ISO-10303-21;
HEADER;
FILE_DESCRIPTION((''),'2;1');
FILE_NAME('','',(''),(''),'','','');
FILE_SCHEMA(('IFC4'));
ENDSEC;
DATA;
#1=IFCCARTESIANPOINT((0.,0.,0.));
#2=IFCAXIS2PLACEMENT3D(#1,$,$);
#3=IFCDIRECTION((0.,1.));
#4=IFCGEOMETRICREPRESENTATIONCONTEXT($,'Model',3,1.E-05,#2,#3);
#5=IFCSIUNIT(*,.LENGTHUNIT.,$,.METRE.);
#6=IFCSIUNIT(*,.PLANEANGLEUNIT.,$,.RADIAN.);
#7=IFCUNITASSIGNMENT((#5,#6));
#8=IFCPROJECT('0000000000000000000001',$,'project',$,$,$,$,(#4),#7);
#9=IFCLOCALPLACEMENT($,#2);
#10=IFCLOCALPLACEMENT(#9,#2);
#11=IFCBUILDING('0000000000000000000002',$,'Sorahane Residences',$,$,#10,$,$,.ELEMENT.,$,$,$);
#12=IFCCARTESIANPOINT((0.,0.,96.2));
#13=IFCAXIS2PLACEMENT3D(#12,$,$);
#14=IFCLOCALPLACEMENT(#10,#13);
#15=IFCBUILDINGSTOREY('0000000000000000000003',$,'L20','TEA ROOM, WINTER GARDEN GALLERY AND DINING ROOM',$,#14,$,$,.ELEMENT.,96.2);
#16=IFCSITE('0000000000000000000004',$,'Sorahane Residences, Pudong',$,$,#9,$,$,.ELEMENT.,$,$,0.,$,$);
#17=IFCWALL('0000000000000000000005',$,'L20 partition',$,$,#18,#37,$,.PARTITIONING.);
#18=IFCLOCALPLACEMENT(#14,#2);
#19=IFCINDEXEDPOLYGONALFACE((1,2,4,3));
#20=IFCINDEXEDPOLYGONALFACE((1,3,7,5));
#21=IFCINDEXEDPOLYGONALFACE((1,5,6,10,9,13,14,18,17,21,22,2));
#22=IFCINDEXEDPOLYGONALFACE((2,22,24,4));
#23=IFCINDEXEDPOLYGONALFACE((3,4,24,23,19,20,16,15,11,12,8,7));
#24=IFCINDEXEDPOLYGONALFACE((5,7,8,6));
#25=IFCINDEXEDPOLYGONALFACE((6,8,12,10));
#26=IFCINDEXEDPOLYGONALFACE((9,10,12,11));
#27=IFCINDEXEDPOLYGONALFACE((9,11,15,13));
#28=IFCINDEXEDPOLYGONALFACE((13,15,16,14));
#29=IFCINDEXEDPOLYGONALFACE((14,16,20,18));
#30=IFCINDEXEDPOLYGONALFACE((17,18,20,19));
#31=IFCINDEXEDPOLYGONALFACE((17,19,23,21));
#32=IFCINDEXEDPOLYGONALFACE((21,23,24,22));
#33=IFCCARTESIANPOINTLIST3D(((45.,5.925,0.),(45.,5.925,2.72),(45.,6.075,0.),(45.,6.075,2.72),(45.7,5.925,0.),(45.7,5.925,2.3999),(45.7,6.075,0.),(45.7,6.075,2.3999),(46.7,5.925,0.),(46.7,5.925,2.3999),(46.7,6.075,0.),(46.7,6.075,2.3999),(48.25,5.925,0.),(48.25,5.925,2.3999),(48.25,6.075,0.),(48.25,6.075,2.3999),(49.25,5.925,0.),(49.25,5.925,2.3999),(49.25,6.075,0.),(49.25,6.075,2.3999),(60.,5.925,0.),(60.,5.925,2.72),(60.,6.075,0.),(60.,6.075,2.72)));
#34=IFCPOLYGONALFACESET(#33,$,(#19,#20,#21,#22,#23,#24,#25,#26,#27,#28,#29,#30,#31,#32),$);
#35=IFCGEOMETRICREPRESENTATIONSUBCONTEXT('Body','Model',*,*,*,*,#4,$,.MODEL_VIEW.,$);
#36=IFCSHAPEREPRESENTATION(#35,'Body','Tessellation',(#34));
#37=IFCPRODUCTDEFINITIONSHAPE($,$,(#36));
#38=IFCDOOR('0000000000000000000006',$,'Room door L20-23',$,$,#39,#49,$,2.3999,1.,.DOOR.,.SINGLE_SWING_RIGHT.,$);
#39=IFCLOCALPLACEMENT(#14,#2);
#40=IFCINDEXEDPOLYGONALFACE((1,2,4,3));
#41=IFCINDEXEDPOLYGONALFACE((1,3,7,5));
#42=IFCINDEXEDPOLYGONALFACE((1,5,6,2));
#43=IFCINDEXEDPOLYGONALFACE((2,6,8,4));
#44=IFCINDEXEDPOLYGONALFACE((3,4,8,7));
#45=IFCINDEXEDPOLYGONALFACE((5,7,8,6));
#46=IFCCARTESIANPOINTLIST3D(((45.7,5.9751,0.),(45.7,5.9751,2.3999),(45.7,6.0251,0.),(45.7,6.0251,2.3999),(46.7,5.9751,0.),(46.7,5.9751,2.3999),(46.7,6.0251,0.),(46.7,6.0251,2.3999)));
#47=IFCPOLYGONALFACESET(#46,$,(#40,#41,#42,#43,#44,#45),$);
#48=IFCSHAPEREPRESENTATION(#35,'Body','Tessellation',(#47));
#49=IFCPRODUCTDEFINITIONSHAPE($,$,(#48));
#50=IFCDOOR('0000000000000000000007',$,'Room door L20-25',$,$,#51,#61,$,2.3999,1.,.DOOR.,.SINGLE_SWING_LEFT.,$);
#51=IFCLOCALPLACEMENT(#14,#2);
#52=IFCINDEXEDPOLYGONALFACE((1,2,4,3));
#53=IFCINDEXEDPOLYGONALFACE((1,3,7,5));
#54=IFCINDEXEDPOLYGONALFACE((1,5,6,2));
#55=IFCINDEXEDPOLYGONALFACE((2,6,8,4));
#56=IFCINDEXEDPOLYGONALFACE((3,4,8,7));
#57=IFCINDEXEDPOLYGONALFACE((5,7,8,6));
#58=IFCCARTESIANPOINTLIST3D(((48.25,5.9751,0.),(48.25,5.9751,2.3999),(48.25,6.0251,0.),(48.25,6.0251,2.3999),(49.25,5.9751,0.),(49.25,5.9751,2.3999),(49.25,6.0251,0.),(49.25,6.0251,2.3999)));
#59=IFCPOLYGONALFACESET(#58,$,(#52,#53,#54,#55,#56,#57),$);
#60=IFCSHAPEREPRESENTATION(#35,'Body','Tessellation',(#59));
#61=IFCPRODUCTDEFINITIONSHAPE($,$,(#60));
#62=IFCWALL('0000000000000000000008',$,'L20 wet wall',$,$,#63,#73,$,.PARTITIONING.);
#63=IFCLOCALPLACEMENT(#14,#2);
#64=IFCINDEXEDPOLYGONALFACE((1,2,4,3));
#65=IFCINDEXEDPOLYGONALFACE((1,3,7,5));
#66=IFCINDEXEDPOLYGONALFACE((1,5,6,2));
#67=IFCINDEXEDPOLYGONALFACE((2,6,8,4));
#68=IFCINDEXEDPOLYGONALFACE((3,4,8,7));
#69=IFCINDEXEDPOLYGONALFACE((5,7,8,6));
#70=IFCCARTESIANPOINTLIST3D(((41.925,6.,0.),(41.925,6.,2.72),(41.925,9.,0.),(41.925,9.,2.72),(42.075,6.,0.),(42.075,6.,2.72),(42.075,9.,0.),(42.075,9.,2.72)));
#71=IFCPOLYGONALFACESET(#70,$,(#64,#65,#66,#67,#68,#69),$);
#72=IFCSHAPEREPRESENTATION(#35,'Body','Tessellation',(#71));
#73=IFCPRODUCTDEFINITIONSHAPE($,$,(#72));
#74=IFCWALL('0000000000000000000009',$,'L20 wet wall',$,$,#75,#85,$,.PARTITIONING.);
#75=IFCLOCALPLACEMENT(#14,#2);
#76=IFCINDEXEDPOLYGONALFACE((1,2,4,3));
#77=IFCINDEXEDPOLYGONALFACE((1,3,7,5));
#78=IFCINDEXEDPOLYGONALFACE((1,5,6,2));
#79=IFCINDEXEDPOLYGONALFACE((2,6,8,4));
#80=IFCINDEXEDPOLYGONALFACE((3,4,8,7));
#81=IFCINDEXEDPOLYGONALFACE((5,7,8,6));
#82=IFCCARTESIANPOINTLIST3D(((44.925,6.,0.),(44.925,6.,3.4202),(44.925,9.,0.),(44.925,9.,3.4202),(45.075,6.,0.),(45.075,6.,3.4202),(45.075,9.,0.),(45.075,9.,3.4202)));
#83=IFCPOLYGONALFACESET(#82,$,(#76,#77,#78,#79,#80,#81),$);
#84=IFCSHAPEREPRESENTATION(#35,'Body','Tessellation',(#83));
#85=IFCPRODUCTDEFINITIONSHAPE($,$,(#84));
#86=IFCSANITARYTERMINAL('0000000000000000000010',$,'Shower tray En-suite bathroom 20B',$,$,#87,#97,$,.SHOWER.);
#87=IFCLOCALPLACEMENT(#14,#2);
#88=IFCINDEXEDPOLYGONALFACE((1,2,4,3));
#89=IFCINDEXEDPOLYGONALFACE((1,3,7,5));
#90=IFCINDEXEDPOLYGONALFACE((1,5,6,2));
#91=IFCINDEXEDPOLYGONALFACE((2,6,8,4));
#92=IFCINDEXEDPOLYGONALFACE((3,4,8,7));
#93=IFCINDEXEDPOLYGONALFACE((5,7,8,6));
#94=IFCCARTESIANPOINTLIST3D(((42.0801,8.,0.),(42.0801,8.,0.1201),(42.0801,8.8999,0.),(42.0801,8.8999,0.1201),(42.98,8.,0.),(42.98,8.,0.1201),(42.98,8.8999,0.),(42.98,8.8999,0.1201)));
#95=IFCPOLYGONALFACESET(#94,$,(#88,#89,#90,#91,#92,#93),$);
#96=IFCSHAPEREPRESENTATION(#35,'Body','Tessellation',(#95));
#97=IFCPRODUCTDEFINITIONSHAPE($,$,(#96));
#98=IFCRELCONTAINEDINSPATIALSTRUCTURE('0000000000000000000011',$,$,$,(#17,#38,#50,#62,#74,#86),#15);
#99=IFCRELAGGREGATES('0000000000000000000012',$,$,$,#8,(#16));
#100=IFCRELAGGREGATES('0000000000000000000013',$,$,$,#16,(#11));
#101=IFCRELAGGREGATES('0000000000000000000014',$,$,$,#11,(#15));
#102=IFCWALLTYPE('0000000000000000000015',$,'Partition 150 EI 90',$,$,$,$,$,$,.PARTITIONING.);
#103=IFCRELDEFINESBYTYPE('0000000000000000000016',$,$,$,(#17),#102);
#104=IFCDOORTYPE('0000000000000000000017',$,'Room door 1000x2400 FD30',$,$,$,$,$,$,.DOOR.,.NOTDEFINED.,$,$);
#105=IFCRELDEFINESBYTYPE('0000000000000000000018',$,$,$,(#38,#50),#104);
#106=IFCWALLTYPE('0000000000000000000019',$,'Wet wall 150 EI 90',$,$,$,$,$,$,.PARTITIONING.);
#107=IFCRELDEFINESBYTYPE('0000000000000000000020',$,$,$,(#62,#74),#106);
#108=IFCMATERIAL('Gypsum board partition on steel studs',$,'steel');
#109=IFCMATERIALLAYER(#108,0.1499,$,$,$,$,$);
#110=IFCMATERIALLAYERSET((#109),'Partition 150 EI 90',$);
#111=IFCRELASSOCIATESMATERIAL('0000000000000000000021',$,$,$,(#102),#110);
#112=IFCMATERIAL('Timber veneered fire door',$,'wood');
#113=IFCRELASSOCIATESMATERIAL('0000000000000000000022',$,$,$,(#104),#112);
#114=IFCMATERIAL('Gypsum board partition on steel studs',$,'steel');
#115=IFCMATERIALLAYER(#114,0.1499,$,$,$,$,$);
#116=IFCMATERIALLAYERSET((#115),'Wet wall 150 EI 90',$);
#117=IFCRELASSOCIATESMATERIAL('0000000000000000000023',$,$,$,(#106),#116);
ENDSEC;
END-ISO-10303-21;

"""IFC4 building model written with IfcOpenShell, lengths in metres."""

from ifc_helpers import new_model, si_unit, direction, frame, frame_2d, origin, origin_2d, place, context, subcontext, project, spatial, rectangle, extrude, material, layer, layer_set, type_object, element, fill, save


model = new_model("IFC4")

# Units and contexts
model_context = context("Model", 3, precision=1e-05, world=origin(), true_north=direction((0.0, 1.0)))
body_context = subcontext(model_context, "Body", "Model", "MODEL_VIEW")
ifc_project = project(units=[si_unit("LENGTHUNIT", "METRE"), si_unit("PLANEANGLEUNIT", "RADIAN")], contexts=[model_context])

# Site, building, storey
site_placement = place(None, origin())
site = spatial("IfcSite", under=ifc_project, at=site_placement, Name="Sorahane Residences, Pudong", CompositionType="ELEMENT", RefElevation=0.0)
building_placement = place(site_placement, origin())
building = spatial("IfcBuilding", under=site, at=building_placement, Name="Sorahane Residences", CompositionType="ELEMENT")
storey_placement = place(building_placement, frame((0.0, 0.0, 96.2)))
storey = spatial("IfcBuildingStorey", under=building, at=storey_placement, Name="L20", Description="TEA ROOM, WINTER GARDEN GALLERY AND DINING ROOM", CompositionType="ELEMENT", Elevation=96.2)

# Shared definitions
ifc_material_1 = material(Name="Gypsum board partition on steel studs", Category="steel")
ifc_layer_1 = layer(ifc_material_1, 0.1499)
ifc_layer_set_1 = layer_set([ifc_layer_1], Name="Partition 150 EI 90")
wall_type_1 = type_object("IfcWallType", Name="Partition 150 EI 90", PredefinedType="PARTITIONING", material=ifc_layer_set_1)

# Wall, openings, doors
wall_1_placement = place(storey_placement, frame((45.0, 6.0, 0.0), z_axis=(0.0, 0.0, 1.0), x_axis=(1.0, 0.0, 0.0)))
wall_1 = element("IfcWall", 1, at=wall_1_placement, inside=storey, type_object=wall_type_1, Name="L20 partition", PredefinedType="PARTITIONING", context=body_context, shape_type="SweptSolid", body=[
    extrude(rectangle(XDim=15.0, YDim=0.1499, at=frame_2d((7.5, 0.0))), origin(), (0.0, 0.0, 1.0), 2.72),
])
opening_1_placement = place(wall_1_placement, frame((0.7, 0.0, 0.0)))
opening_1 = element("IfcOpeningElement", 2, at=opening_1_placement, cuts=wall_1, PredefinedType="OPENING", context=body_context, shape_type="SweptSolid", body=[
    extrude(rectangle(XDim=1.0, YDim=2.3999, at=frame_2d((0.5, 1.2))), frame((0.0, 0.085, 0.0), z_axis=(0.0, -1.0, 0.0), x_axis=(1.0, 0.0, 0.0)), (0.0, 0.0, 1.0), 0.1699),
])
opening_2_placement = place(wall_1_placement, frame((3.25, 0.0, 0.0)))
opening_2 = element("IfcOpeningElement", 3, at=opening_2_placement, cuts=wall_1, PredefinedType="OPENING", context=body_context, shape_type="SweptSolid", body=[
    extrude(rectangle(XDim=1.0, YDim=2.3999, at=frame_2d((0.5, 1.2))), frame((0.0, 0.085, 0.0), z_axis=(0.0, -1.0, 0.0), x_axis=(1.0, 0.0, 0.0)), (0.0, 0.0, 1.0), 0.1699),
])
ifc_material_2 = material(Name="Timber veneered fire door", Category="wood")
door_type_1 = type_object("IfcDoorType", Name="Room door 1000x2400 FD30", OperationType="NOTDEFINED", PredefinedType="DOOR", material=ifc_material_2)
door_1_placement = place(opening_1_placement, frame((1.0, 0.0, 0.0), z_axis=(0.0, 0.0, 1.0), x_axis=(-1.0, 0.0, 0.0)))
door_1 = element("IfcDoor", 4, at=door_1_placement, inside=storey, type_object=door_type_1, Name="Room door L20-23", OperationType="SINGLE_SWING_RIGHT", OverallHeight=2.3999, OverallWidth=1.0, PredefinedType="DOOR", context=body_context, shape_type="SweptSolid", body=[
    extrude(rectangle(XDim=1.0, YDim=2.3999, at=frame_2d((0.5, 1.2))), frame((0.0, 0.0249, 0.0), z_axis=(0.0, -1.0, 0.0), x_axis=(1.0, 0.0, 0.0)), (0.0, 0.0, 1.0), 0.05),
])
fill(opening_1, door_1)
door_2_placement = place(opening_2_placement, frame((1.0, 0.0, 0.0), z_axis=(0.0, 0.0, 1.0), x_axis=(-1.0, 0.0, 0.0)))
door_2 = element("IfcDoor", 5, at=door_2_placement, inside=storey, type_object=door_type_1, Name="Room door L20-25", OperationType="SINGLE_SWING_LEFT", OverallHeight=2.3999, OverallWidth=1.0, PredefinedType="DOOR", context=body_context, shape_type="SweptSolid", body=[
    extrude(rectangle(XDim=1.0, YDim=2.3999, at=frame_2d((0.5, 1.2))), frame((0.0, 0.0249, 0.0), z_axis=(0.0, -1.0, 0.0), x_axis=(1.0, 0.0, 0.0)), (0.0, 0.0, 1.0), 0.05),
])
fill(opening_2, door_2)

# Walls
ifc_material_3 = material(Name="Gypsum board partition on steel studs", Category="steel")
ifc_layer_2 = layer(ifc_material_3, 0.1499)
ifc_layer_set_2 = layer_set([ifc_layer_2], Name="Wet wall 150 EI 90")
wall_type_2 = type_object("IfcWallType", Name="Wet wall 150 EI 90", PredefinedType="PARTITIONING", material=ifc_layer_set_2)
wall_2_placement = place(storey_placement, frame((42.0, 6.0, 0.0), z_axis=(0.0, 0.0, 1.0), x_axis=(0.0, 1.0, 0.0)))
element("IfcWall", 6, at=wall_2_placement, inside=storey, type_object=wall_type_2, Name="L20 wet wall", PredefinedType="PARTITIONING", context=body_context, shape_type="SweptSolid", body=[
    extrude(rectangle(XDim=3.0, YDim=0.1499, at=frame_2d((1.5, 0.0))), origin(), (0.0, 0.0, 1.0), 2.72),
])
wall_3_placement = place(storey_placement, frame((45.0, 6.0, 0.0), z_axis=(0.0, 0.0, 1.0), x_axis=(0.0, 1.0, 0.0)))
element("IfcWall", 7, at=wall_3_placement, inside=storey, type_object=wall_type_2, Name="L20 wet wall", PredefinedType="PARTITIONING", context=body_context, shape_type="SweptSolid", body=[
    extrude(rectangle(XDim=3.0, YDim=0.1499, at=frame_2d((1.5, 0.0))), origin(), (0.0, 0.0, 1.0), 3.4202),
])

# Sanitary terminal
sanitary_terminal_placement = place(storey_placement, frame((42.53, 8.45, 0.0), z_axis=(0.0, 0.0, 1.0), x_axis=(1.0, 0.0, 0.0)))
element("IfcSanitaryTerminal", 8, at=sanitary_terminal_placement, inside=storey, Name="Shower tray En-suite bathroom 20B", PredefinedType="SHOWER", context=body_context, shape_type="SweptSolid", body=[
    extrude(rectangle(XDim=0.8999, YDim=0.8999, at=origin_2d()), origin(), (0.0, 0.0, 1.0), 0.1201),
])

save(model, "model.ifc")
